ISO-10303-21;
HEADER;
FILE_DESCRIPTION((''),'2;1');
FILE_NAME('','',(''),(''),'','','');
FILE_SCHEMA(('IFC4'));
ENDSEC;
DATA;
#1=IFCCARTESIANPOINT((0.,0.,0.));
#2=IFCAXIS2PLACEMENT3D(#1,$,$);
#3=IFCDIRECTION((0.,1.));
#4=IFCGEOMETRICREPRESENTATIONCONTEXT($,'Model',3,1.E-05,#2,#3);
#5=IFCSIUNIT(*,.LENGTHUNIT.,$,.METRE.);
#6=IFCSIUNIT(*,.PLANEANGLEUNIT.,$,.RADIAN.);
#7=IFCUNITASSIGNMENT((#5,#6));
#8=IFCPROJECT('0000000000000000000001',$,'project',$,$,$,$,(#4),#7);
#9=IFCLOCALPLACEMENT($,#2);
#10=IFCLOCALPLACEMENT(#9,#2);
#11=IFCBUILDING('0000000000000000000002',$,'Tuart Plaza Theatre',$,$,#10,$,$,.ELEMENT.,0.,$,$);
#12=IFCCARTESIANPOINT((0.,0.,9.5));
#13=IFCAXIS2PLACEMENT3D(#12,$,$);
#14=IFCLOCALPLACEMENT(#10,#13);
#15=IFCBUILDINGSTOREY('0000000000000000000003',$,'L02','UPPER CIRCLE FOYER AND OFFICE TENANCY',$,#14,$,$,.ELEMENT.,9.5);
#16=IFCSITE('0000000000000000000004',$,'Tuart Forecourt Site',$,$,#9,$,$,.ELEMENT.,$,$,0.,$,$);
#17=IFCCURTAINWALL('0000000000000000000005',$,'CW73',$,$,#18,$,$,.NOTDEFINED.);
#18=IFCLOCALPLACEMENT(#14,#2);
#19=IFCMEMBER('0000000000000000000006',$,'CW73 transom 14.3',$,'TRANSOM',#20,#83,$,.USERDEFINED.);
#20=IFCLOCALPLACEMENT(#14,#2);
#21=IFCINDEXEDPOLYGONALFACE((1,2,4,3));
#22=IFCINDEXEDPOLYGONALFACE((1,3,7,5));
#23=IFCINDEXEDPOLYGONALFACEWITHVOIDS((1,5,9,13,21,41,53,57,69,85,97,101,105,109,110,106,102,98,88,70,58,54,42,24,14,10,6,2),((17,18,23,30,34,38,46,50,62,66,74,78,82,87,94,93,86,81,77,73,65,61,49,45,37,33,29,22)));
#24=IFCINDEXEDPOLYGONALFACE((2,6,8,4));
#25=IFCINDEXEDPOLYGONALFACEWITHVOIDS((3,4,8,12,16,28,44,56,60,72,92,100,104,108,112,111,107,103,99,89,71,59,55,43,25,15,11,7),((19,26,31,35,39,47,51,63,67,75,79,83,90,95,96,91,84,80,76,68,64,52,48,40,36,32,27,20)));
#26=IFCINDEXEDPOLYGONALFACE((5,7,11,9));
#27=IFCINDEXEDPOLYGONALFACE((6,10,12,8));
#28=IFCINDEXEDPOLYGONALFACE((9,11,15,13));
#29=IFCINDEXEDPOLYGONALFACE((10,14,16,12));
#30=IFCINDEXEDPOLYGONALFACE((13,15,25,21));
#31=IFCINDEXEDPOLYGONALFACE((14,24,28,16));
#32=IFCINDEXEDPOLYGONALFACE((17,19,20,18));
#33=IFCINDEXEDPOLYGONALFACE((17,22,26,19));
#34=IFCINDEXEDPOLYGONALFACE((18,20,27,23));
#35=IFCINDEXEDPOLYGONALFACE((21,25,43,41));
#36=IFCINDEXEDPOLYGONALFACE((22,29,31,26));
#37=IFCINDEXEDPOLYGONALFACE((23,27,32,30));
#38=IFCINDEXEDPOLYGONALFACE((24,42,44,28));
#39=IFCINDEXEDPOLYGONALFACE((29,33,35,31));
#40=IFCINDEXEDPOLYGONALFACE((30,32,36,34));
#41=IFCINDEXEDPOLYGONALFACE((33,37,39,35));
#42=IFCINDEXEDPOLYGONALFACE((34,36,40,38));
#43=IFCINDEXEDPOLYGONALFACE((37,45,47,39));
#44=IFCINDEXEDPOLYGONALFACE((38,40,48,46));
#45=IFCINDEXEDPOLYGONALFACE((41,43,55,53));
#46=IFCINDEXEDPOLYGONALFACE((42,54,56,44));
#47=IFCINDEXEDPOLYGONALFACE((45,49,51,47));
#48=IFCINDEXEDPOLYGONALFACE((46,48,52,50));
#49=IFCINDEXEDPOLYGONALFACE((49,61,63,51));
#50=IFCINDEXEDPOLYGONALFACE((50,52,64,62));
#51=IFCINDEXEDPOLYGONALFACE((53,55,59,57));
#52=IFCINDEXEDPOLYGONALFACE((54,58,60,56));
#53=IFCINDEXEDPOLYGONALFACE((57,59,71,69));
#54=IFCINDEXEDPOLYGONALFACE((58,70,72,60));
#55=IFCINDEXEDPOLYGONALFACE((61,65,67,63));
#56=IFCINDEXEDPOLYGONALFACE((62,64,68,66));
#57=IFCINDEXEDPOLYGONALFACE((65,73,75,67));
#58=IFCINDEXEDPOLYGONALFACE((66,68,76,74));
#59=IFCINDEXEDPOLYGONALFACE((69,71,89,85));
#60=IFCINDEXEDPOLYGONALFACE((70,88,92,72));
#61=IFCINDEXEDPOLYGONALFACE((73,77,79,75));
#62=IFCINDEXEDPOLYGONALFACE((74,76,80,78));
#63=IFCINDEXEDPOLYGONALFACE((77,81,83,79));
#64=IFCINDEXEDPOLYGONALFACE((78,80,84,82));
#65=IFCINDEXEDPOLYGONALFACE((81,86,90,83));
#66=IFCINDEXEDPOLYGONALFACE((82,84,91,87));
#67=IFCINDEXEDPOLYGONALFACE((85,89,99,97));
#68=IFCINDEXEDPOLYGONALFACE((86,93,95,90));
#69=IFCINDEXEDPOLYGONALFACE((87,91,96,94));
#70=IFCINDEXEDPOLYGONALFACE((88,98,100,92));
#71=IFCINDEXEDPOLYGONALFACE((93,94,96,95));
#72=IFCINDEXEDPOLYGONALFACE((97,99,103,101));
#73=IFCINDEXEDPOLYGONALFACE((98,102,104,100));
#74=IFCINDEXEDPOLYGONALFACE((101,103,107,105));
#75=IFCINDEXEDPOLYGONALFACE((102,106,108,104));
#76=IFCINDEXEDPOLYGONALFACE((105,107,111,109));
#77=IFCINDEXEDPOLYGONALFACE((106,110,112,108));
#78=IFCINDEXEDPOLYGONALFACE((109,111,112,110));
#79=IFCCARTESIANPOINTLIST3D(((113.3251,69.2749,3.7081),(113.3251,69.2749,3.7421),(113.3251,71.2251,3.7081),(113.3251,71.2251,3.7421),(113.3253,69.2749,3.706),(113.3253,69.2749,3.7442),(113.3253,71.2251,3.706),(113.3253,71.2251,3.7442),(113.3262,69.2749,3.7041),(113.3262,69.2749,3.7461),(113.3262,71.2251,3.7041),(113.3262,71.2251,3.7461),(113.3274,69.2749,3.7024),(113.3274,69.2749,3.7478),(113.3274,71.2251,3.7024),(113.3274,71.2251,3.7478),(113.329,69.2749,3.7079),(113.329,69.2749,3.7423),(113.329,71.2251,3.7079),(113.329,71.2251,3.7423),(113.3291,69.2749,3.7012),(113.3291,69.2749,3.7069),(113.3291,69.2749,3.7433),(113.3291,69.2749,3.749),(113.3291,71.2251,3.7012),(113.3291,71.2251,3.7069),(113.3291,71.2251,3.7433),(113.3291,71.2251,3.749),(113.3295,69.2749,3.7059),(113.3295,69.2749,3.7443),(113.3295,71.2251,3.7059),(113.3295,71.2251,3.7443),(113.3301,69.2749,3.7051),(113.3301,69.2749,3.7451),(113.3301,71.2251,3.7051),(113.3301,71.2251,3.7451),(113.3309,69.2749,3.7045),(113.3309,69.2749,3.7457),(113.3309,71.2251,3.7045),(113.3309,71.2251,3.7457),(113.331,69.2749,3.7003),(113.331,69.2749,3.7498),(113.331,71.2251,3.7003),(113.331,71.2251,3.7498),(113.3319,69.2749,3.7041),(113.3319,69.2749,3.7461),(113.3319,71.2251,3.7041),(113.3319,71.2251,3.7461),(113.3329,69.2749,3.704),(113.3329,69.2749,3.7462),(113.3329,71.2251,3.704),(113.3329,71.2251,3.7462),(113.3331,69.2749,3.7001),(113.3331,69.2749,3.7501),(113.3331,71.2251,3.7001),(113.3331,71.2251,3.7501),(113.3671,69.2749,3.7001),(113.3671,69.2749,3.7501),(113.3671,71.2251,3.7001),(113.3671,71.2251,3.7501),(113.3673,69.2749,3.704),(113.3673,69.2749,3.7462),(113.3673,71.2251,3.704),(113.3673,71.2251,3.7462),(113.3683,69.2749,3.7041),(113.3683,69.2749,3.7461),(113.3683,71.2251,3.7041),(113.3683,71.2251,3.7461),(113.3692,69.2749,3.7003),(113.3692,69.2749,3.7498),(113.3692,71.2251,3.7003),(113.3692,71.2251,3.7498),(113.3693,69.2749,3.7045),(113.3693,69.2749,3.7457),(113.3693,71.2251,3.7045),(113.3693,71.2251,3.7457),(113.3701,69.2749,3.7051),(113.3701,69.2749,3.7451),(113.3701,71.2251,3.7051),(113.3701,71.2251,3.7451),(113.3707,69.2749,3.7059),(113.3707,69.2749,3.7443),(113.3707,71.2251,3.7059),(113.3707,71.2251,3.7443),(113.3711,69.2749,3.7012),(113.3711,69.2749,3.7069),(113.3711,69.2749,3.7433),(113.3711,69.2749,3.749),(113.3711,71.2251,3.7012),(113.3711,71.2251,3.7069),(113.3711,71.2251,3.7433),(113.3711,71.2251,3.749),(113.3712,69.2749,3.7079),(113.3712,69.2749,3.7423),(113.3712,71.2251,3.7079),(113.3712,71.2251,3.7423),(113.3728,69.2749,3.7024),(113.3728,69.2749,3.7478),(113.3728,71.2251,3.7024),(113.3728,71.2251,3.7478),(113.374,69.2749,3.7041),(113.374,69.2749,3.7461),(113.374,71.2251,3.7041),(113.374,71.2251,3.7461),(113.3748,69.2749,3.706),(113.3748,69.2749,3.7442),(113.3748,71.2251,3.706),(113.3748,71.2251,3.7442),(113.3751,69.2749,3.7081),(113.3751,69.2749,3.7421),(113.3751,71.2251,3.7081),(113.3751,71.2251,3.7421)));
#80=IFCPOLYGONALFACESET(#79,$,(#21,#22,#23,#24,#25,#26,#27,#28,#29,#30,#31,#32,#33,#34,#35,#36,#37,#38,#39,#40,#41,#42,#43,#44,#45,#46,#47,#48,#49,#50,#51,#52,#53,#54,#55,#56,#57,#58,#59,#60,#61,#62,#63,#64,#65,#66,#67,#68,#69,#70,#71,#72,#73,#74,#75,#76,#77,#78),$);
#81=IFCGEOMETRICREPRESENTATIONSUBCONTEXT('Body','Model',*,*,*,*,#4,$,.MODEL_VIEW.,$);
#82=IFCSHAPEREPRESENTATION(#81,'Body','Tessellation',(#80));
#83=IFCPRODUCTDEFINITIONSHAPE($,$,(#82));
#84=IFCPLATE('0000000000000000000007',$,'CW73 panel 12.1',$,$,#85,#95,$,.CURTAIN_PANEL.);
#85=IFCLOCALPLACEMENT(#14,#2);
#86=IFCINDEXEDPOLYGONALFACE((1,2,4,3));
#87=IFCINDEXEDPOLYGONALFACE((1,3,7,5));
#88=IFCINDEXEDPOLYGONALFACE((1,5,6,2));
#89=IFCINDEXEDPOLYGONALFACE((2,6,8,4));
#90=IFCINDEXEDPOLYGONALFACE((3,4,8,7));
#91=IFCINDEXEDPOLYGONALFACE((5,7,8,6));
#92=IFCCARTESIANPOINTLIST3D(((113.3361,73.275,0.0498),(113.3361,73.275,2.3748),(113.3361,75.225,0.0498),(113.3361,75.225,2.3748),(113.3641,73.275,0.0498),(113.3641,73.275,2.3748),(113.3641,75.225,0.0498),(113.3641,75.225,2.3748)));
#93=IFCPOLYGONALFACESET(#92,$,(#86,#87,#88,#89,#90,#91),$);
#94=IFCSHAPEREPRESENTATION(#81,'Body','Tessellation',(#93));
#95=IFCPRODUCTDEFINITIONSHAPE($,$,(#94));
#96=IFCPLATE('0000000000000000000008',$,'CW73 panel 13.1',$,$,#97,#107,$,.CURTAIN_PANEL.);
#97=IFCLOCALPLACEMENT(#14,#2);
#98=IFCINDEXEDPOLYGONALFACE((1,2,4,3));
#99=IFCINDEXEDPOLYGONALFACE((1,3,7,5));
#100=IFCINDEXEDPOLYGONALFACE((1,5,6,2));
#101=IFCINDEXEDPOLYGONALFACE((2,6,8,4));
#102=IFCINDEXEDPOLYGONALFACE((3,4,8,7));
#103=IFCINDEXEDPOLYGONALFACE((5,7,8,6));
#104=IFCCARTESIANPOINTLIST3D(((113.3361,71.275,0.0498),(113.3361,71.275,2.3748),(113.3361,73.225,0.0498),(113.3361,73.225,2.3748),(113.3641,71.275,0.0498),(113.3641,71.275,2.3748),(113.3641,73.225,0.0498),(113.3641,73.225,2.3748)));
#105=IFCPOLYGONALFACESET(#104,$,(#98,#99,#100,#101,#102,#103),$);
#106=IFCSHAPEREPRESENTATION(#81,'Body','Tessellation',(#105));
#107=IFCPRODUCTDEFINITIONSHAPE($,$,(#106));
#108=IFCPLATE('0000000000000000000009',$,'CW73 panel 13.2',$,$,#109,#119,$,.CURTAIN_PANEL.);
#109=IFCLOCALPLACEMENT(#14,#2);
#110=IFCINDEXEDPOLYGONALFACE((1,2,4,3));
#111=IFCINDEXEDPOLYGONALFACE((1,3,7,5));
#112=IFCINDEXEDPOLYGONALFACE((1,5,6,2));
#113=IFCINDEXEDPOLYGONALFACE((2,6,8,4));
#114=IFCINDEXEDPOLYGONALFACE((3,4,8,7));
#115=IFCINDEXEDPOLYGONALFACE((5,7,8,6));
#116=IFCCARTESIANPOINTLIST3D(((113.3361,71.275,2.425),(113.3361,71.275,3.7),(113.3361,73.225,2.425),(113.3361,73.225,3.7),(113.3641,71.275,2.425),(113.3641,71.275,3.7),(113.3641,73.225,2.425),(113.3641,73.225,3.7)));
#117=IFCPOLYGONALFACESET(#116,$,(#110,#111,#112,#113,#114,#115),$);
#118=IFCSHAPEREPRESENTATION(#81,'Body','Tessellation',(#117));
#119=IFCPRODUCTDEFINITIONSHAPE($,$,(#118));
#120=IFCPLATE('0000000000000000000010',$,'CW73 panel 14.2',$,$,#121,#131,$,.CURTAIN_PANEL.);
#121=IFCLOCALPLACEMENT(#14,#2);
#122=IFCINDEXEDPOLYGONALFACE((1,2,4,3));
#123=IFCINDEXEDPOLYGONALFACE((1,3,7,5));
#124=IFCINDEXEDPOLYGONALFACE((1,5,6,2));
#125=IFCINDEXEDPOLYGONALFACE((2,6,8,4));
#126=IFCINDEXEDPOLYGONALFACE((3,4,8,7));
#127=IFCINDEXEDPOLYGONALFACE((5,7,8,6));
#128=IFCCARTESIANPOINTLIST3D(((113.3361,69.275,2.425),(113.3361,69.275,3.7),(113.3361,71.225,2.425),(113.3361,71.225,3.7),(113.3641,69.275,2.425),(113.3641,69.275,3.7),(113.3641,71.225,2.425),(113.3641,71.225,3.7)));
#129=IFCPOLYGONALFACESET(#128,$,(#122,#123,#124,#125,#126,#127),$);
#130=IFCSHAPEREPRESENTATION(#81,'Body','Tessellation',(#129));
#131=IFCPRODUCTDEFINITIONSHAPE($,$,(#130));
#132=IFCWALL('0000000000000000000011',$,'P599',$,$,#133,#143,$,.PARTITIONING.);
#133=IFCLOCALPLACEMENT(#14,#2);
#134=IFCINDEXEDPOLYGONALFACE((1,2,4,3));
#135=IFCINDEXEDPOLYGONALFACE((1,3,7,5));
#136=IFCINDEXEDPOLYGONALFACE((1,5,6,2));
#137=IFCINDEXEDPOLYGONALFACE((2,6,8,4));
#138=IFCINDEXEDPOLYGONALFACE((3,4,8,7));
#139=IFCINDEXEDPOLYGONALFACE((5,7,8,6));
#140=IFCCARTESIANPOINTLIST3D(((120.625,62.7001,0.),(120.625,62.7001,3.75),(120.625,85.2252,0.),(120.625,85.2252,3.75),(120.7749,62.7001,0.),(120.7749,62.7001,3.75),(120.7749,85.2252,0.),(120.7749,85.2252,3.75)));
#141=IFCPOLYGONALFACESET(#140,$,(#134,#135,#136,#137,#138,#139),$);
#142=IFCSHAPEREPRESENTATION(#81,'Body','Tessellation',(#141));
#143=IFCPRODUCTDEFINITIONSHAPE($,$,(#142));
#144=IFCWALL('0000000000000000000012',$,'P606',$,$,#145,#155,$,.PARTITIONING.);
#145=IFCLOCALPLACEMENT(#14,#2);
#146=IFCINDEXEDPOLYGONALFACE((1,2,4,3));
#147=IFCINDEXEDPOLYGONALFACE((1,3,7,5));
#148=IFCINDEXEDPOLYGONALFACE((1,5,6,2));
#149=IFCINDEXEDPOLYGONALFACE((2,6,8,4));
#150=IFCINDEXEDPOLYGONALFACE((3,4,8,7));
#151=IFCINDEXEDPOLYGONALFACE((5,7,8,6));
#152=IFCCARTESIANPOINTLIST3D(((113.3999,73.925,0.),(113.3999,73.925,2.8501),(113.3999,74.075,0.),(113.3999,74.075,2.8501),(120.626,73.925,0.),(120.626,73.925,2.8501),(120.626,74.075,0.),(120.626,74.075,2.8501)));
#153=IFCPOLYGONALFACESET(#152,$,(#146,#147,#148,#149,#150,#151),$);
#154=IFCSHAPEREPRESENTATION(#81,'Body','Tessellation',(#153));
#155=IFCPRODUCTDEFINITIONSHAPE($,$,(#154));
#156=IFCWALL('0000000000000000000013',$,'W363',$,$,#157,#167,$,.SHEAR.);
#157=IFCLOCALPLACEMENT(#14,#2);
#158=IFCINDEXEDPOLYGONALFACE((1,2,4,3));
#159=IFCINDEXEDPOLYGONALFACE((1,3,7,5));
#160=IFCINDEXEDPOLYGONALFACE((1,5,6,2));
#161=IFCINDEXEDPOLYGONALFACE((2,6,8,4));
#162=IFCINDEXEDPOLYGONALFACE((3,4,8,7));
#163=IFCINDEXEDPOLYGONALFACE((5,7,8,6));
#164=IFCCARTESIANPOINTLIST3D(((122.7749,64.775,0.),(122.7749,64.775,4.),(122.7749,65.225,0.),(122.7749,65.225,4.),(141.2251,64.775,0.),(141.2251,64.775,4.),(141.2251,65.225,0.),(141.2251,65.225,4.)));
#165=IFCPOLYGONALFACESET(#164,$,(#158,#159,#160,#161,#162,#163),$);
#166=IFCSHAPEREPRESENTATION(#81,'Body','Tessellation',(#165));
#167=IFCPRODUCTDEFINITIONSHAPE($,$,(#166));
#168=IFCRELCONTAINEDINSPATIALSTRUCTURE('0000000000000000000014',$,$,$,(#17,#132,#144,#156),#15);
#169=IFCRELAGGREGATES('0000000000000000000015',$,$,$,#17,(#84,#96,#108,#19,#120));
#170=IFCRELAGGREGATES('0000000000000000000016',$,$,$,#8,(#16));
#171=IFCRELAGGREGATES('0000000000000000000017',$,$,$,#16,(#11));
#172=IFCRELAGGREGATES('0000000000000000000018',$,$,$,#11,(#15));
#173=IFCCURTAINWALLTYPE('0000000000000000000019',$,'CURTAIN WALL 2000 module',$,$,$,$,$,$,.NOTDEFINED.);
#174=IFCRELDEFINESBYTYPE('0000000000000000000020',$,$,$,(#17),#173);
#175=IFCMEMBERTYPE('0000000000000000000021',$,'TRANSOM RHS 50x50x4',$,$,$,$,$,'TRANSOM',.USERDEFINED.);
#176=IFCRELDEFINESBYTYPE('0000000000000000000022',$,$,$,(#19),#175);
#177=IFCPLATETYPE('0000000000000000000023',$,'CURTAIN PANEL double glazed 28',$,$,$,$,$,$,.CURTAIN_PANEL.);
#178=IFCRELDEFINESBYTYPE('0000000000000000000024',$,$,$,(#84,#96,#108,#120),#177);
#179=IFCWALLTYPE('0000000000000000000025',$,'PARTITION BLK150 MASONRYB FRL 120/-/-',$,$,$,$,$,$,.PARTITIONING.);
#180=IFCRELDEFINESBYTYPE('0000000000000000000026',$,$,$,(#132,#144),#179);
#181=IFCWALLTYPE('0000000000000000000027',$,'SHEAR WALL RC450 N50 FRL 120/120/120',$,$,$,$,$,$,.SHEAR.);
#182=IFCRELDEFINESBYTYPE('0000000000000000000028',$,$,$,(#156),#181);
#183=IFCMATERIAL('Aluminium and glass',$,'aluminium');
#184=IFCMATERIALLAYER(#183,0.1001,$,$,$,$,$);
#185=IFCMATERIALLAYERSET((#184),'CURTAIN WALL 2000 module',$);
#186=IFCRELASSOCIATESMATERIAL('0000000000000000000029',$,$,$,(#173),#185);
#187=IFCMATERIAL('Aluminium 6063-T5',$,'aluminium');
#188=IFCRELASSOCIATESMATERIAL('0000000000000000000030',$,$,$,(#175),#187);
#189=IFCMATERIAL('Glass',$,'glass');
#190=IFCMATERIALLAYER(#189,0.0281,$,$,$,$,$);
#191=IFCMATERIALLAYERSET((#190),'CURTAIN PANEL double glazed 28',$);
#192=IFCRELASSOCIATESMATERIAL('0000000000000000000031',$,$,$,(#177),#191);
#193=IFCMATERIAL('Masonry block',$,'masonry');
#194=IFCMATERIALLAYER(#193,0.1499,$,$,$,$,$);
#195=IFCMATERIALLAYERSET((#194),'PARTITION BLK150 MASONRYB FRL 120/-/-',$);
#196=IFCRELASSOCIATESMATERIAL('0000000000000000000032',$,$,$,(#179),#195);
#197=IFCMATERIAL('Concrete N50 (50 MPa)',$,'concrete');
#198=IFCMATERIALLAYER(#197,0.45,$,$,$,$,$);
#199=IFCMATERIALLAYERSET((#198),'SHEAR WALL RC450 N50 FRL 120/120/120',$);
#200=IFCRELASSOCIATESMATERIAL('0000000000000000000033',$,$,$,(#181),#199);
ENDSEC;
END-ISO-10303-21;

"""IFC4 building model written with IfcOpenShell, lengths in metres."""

from ifc_helpers import new_model, si_unit, direction, frame, frame_2d, origin, origin_2d, place, context, subcontext, project, spatial, rectangle, hollow_rectangle, extrude, material, layer, layer_set, material_profile, profile_set, type_object, element, aggregate, save


model = new_model("IFC4")

# Units and contexts
model_context = context("Model", 3, precision=1e-05, world=origin(), true_north=direction((0.0, 1.0)))
body_context = subcontext(model_context, "Body", "Model", "MODEL_VIEW")
ifc_project = project(units=[si_unit("LENGTHUNIT", "METRE"), si_unit("PLANEANGLEUNIT", "RADIAN")], contexts=[model_context])

# Site, building, storey
site_placement = place(None, origin())
site = spatial("IfcSite", under=ifc_project, at=site_placement, Name="Tuart Forecourt Site", CompositionType="ELEMENT", RefElevation=0.0)
building_placement = place(site_placement, origin())
building = spatial("IfcBuilding", under=site, at=building_placement, Name="Tuart Plaza Theatre", CompositionType="ELEMENT", ElevationOfRefHeight=0.0)
storey_placement = place(building_placement, frame((0.0, 0.0, 9.5)))
storey = spatial("IfcBuildingStorey", under=building, at=storey_placement, Name="L02", Description="UPPER CIRCLE FOYER AND OFFICE TENANCY", CompositionType="ELEMENT", Elevation=9.5)

# Curtain wall, member, plates
ifc_material_1 = material(Name="Aluminium and glass", Category="aluminium")
ifc_layer_1 = layer(ifc_material_1, 0.1001)
ifc_layer_set_1 = layer_set([ifc_layer_1], Name="CURTAIN WALL 2000 module")
curtain_wall_type = type_object("IfcCurtainWallType", Name="CURTAIN WALL 2000 module", PredefinedType="NOTDEFINED", material=ifc_layer_set_1)
curtain_wall_placement = place(storey_placement, origin())
curtain_wall = element("IfcCurtainWall", 1, at=curtain_wall_placement, inside=storey, type_object=curtain_wall_type, Name="CW73", PredefinedType="NOTDEFINED")
ifc_material_2 = material(Name="Aluminium 6063-T5", Category="aluminium")
ifc_material_profile_1 = material_profile(ifc_material_2, hollow_rectangle(XDim=0.05, YDim=0.05, WallThickness=0.0039, InnerFilletRadius=0.0039, OuterFilletRadius=0.0081, at=origin_2d()), Name="RHS 50x50x4")
ifc_profile_set_1 = profile_set([ifc_material_profile_1], Name="Aluminium 6063-T5")
member_type_1 = type_object("IfcMemberType", Name="TRANSOM RHS 50x50x4", ElementType="TRANSOM", PredefinedType="USERDEFINED", material=ifc_profile_set_1)
member_1_placement = place(storey_placement, frame((113.3501, 71.2251, 3.7251), z_axis=(0.0, -1.0, 0.0), x_axis=(1.0, 0.0, 0.0)))
member_1 = element("IfcMember", 2, at=member_1_placement, type_object=member_type_1, Name="CW73 transom 14.3", ObjectType="TRANSOM", PredefinedType="USERDEFINED", context=body_context, shape_type="SweptSolid", body=[
    extrude(hollow_rectangle(XDim=0.05, YDim=0.05, WallThickness=0.0039, InnerFilletRadius=0.0039, OuterFilletRadius=0.0081, at=origin_2d()), origin(), (0.0, 0.0, 1.0), 1.9502),
])
ifc_material_3 = material(Name="Glass", Category="glass")
ifc_layer_2 = layer(ifc_material_3, 0.0281)
ifc_layer_set_2 = layer_set([ifc_layer_2], Name="CURTAIN PANEL double glazed 28")
plate_type = type_object("IfcPlateType", Name="CURTAIN PANEL double glazed 28", PredefinedType="CURTAIN_PANEL", material=ifc_layer_set_2)
plate_1_placement = place(storey_placement, frame((113.3501, 74.25, 0.0498), z_axis=(0.0, 0.0, 1.0), x_axis=(0.0, -1.0, 0.0)))
plate_1 = element("IfcPlate", 3, at=plate_1_placement, type_object=plate_type, Name="CW73 panel 12.1", PredefinedType="CURTAIN_PANEL", context=body_context, shape_type="SweptSolid", body=[
    extrude(rectangle(XDim=1.95, YDim=0.0281, at=origin_2d()), origin(), (0.0, 0.0, 1.0), 2.325),
])
plate_2_placement = place(storey_placement, frame((113.3501, 72.25, 0.0498), z_axis=(0.0, 0.0, 1.0), x_axis=(0.0, -1.0, 0.0)))
plate_2 = element("IfcPlate", 4, at=plate_2_placement, type_object=plate_type, Name="CW73 panel 13.1", PredefinedType="CURTAIN_PANEL", context=body_context, shape_type="SweptSolid", body=[
    extrude(rectangle(XDim=1.95, YDim=0.0281, at=origin_2d()), origin(), (0.0, 0.0, 1.0), 2.325),
])
plate_3_placement = place(storey_placement, frame((113.3501, 72.25, 2.425), z_axis=(0.0, 0.0, 1.0), x_axis=(0.0, -1.0, 0.0)))
plate_3 = element("IfcPlate", 5, at=plate_3_placement, type_object=plate_type, Name="CW73 panel 13.2", PredefinedType="CURTAIN_PANEL", context=body_context, shape_type="SweptSolid", body=[
    extrude(rectangle(XDim=1.95, YDim=0.0281, at=origin_2d()), origin(), (0.0, 0.0, 1.0), 1.2749),
])
plate_4_placement = place(storey_placement, frame((113.3501, 70.25, 2.425), z_axis=(0.0, 0.0, 1.0), x_axis=(0.0, -1.0, 0.0)))
plate_4 = element("IfcPlate", 6, at=plate_4_placement, type_object=plate_type, Name="CW73 panel 14.2", PredefinedType="CURTAIN_PANEL", context=body_context, shape_type="SweptSolid", body=[
    extrude(rectangle(XDim=1.95, YDim=0.0281, at=origin_2d()), origin(), (0.0, 0.0, 1.0), 1.2749),
])
aggregate(curtain_wall, [plate_1, plate_2, plate_3, member_1, plate_4])

# Walls
ifc_material_4 = material(Name="Masonry block", Category="masonry")
ifc_layer_3 = layer(ifc_material_4, 0.1499)
ifc_layer_set_3 = layer_set([ifc_layer_3], Name="PARTITION BLK150 MASONRYB FRL 120/-/-")
wall_type_1 = type_object("IfcWallType", Name="PARTITION BLK150 MASONRYB FRL 120/-/-", PredefinedType="PARTITIONING", material=ifc_layer_set_3)
wall_1_placement = place(storey_placement, frame((120.7, 62.7, 0.0), z_axis=(0.0, 0.0, 1.0), x_axis=(0.0, 1.0, 0.0)))
element("IfcWall", 7, at=wall_1_placement, inside=storey, type_object=wall_type_1, Name="P599", PredefinedType="PARTITIONING", context=body_context, shape_type="SweptSolid", body=[
    extrude(rectangle(XDim=22.5251, YDim=0.1499, at=frame_2d((11.2627, 0.0))), origin(), (0.0, 0.0, 1.0), 3.75),
])
wall_2_placement = place(storey_placement, frame((113.3999, 74.0, 0.0), z_axis=(0.0, 0.0, 1.0), x_axis=(1.0, 0.0, 0.0)))
element("IfcWall", 8, at=wall_2_placement, inside=storey, type_object=wall_type_1, Name="P606", PredefinedType="PARTITIONING", context=body_context, shape_type="SweptSolid", body=[
    extrude(rectangle(XDim=7.2261, YDim=0.1499, at=frame_2d((3.613, 0.0))), origin(), (0.0, 0.0, 1.0), 2.8501),
])
ifc_material_5 = material(Name="Concrete N50 (50 MPa)", Category="concrete")
ifc_layer_4 = layer(ifc_material_5, 0.45)
ifc_layer_set_4 = layer_set([ifc_layer_4], Name="SHEAR WALL RC450 N50 FRL 120/120/120")
wall_type_2 = type_object("IfcWallType", Name="SHEAR WALL RC450 N50 FRL 120/120/120", PredefinedType="SHEAR", material=ifc_layer_set_4)
wall_3_placement = place(storey_placement, frame((122.7749, 65.0, 0.0), z_axis=(0.0, 0.0, 1.0), x_axis=(1.0, 0.0, 0.0)))
element("IfcWall", 9, at=wall_3_placement, inside=storey, type_object=wall_type_2, Name="W363", PredefinedType="SHEAR", context=body_context, shape_type="SweptSolid", body=[
    extrude(rectangle(XDim=18.4502, YDim=0.45, at=frame_2d((9.2251, 0.0))), origin(), (0.0, 0.0, 1.0), 4.0),
])

save(model, "model.ifc")
